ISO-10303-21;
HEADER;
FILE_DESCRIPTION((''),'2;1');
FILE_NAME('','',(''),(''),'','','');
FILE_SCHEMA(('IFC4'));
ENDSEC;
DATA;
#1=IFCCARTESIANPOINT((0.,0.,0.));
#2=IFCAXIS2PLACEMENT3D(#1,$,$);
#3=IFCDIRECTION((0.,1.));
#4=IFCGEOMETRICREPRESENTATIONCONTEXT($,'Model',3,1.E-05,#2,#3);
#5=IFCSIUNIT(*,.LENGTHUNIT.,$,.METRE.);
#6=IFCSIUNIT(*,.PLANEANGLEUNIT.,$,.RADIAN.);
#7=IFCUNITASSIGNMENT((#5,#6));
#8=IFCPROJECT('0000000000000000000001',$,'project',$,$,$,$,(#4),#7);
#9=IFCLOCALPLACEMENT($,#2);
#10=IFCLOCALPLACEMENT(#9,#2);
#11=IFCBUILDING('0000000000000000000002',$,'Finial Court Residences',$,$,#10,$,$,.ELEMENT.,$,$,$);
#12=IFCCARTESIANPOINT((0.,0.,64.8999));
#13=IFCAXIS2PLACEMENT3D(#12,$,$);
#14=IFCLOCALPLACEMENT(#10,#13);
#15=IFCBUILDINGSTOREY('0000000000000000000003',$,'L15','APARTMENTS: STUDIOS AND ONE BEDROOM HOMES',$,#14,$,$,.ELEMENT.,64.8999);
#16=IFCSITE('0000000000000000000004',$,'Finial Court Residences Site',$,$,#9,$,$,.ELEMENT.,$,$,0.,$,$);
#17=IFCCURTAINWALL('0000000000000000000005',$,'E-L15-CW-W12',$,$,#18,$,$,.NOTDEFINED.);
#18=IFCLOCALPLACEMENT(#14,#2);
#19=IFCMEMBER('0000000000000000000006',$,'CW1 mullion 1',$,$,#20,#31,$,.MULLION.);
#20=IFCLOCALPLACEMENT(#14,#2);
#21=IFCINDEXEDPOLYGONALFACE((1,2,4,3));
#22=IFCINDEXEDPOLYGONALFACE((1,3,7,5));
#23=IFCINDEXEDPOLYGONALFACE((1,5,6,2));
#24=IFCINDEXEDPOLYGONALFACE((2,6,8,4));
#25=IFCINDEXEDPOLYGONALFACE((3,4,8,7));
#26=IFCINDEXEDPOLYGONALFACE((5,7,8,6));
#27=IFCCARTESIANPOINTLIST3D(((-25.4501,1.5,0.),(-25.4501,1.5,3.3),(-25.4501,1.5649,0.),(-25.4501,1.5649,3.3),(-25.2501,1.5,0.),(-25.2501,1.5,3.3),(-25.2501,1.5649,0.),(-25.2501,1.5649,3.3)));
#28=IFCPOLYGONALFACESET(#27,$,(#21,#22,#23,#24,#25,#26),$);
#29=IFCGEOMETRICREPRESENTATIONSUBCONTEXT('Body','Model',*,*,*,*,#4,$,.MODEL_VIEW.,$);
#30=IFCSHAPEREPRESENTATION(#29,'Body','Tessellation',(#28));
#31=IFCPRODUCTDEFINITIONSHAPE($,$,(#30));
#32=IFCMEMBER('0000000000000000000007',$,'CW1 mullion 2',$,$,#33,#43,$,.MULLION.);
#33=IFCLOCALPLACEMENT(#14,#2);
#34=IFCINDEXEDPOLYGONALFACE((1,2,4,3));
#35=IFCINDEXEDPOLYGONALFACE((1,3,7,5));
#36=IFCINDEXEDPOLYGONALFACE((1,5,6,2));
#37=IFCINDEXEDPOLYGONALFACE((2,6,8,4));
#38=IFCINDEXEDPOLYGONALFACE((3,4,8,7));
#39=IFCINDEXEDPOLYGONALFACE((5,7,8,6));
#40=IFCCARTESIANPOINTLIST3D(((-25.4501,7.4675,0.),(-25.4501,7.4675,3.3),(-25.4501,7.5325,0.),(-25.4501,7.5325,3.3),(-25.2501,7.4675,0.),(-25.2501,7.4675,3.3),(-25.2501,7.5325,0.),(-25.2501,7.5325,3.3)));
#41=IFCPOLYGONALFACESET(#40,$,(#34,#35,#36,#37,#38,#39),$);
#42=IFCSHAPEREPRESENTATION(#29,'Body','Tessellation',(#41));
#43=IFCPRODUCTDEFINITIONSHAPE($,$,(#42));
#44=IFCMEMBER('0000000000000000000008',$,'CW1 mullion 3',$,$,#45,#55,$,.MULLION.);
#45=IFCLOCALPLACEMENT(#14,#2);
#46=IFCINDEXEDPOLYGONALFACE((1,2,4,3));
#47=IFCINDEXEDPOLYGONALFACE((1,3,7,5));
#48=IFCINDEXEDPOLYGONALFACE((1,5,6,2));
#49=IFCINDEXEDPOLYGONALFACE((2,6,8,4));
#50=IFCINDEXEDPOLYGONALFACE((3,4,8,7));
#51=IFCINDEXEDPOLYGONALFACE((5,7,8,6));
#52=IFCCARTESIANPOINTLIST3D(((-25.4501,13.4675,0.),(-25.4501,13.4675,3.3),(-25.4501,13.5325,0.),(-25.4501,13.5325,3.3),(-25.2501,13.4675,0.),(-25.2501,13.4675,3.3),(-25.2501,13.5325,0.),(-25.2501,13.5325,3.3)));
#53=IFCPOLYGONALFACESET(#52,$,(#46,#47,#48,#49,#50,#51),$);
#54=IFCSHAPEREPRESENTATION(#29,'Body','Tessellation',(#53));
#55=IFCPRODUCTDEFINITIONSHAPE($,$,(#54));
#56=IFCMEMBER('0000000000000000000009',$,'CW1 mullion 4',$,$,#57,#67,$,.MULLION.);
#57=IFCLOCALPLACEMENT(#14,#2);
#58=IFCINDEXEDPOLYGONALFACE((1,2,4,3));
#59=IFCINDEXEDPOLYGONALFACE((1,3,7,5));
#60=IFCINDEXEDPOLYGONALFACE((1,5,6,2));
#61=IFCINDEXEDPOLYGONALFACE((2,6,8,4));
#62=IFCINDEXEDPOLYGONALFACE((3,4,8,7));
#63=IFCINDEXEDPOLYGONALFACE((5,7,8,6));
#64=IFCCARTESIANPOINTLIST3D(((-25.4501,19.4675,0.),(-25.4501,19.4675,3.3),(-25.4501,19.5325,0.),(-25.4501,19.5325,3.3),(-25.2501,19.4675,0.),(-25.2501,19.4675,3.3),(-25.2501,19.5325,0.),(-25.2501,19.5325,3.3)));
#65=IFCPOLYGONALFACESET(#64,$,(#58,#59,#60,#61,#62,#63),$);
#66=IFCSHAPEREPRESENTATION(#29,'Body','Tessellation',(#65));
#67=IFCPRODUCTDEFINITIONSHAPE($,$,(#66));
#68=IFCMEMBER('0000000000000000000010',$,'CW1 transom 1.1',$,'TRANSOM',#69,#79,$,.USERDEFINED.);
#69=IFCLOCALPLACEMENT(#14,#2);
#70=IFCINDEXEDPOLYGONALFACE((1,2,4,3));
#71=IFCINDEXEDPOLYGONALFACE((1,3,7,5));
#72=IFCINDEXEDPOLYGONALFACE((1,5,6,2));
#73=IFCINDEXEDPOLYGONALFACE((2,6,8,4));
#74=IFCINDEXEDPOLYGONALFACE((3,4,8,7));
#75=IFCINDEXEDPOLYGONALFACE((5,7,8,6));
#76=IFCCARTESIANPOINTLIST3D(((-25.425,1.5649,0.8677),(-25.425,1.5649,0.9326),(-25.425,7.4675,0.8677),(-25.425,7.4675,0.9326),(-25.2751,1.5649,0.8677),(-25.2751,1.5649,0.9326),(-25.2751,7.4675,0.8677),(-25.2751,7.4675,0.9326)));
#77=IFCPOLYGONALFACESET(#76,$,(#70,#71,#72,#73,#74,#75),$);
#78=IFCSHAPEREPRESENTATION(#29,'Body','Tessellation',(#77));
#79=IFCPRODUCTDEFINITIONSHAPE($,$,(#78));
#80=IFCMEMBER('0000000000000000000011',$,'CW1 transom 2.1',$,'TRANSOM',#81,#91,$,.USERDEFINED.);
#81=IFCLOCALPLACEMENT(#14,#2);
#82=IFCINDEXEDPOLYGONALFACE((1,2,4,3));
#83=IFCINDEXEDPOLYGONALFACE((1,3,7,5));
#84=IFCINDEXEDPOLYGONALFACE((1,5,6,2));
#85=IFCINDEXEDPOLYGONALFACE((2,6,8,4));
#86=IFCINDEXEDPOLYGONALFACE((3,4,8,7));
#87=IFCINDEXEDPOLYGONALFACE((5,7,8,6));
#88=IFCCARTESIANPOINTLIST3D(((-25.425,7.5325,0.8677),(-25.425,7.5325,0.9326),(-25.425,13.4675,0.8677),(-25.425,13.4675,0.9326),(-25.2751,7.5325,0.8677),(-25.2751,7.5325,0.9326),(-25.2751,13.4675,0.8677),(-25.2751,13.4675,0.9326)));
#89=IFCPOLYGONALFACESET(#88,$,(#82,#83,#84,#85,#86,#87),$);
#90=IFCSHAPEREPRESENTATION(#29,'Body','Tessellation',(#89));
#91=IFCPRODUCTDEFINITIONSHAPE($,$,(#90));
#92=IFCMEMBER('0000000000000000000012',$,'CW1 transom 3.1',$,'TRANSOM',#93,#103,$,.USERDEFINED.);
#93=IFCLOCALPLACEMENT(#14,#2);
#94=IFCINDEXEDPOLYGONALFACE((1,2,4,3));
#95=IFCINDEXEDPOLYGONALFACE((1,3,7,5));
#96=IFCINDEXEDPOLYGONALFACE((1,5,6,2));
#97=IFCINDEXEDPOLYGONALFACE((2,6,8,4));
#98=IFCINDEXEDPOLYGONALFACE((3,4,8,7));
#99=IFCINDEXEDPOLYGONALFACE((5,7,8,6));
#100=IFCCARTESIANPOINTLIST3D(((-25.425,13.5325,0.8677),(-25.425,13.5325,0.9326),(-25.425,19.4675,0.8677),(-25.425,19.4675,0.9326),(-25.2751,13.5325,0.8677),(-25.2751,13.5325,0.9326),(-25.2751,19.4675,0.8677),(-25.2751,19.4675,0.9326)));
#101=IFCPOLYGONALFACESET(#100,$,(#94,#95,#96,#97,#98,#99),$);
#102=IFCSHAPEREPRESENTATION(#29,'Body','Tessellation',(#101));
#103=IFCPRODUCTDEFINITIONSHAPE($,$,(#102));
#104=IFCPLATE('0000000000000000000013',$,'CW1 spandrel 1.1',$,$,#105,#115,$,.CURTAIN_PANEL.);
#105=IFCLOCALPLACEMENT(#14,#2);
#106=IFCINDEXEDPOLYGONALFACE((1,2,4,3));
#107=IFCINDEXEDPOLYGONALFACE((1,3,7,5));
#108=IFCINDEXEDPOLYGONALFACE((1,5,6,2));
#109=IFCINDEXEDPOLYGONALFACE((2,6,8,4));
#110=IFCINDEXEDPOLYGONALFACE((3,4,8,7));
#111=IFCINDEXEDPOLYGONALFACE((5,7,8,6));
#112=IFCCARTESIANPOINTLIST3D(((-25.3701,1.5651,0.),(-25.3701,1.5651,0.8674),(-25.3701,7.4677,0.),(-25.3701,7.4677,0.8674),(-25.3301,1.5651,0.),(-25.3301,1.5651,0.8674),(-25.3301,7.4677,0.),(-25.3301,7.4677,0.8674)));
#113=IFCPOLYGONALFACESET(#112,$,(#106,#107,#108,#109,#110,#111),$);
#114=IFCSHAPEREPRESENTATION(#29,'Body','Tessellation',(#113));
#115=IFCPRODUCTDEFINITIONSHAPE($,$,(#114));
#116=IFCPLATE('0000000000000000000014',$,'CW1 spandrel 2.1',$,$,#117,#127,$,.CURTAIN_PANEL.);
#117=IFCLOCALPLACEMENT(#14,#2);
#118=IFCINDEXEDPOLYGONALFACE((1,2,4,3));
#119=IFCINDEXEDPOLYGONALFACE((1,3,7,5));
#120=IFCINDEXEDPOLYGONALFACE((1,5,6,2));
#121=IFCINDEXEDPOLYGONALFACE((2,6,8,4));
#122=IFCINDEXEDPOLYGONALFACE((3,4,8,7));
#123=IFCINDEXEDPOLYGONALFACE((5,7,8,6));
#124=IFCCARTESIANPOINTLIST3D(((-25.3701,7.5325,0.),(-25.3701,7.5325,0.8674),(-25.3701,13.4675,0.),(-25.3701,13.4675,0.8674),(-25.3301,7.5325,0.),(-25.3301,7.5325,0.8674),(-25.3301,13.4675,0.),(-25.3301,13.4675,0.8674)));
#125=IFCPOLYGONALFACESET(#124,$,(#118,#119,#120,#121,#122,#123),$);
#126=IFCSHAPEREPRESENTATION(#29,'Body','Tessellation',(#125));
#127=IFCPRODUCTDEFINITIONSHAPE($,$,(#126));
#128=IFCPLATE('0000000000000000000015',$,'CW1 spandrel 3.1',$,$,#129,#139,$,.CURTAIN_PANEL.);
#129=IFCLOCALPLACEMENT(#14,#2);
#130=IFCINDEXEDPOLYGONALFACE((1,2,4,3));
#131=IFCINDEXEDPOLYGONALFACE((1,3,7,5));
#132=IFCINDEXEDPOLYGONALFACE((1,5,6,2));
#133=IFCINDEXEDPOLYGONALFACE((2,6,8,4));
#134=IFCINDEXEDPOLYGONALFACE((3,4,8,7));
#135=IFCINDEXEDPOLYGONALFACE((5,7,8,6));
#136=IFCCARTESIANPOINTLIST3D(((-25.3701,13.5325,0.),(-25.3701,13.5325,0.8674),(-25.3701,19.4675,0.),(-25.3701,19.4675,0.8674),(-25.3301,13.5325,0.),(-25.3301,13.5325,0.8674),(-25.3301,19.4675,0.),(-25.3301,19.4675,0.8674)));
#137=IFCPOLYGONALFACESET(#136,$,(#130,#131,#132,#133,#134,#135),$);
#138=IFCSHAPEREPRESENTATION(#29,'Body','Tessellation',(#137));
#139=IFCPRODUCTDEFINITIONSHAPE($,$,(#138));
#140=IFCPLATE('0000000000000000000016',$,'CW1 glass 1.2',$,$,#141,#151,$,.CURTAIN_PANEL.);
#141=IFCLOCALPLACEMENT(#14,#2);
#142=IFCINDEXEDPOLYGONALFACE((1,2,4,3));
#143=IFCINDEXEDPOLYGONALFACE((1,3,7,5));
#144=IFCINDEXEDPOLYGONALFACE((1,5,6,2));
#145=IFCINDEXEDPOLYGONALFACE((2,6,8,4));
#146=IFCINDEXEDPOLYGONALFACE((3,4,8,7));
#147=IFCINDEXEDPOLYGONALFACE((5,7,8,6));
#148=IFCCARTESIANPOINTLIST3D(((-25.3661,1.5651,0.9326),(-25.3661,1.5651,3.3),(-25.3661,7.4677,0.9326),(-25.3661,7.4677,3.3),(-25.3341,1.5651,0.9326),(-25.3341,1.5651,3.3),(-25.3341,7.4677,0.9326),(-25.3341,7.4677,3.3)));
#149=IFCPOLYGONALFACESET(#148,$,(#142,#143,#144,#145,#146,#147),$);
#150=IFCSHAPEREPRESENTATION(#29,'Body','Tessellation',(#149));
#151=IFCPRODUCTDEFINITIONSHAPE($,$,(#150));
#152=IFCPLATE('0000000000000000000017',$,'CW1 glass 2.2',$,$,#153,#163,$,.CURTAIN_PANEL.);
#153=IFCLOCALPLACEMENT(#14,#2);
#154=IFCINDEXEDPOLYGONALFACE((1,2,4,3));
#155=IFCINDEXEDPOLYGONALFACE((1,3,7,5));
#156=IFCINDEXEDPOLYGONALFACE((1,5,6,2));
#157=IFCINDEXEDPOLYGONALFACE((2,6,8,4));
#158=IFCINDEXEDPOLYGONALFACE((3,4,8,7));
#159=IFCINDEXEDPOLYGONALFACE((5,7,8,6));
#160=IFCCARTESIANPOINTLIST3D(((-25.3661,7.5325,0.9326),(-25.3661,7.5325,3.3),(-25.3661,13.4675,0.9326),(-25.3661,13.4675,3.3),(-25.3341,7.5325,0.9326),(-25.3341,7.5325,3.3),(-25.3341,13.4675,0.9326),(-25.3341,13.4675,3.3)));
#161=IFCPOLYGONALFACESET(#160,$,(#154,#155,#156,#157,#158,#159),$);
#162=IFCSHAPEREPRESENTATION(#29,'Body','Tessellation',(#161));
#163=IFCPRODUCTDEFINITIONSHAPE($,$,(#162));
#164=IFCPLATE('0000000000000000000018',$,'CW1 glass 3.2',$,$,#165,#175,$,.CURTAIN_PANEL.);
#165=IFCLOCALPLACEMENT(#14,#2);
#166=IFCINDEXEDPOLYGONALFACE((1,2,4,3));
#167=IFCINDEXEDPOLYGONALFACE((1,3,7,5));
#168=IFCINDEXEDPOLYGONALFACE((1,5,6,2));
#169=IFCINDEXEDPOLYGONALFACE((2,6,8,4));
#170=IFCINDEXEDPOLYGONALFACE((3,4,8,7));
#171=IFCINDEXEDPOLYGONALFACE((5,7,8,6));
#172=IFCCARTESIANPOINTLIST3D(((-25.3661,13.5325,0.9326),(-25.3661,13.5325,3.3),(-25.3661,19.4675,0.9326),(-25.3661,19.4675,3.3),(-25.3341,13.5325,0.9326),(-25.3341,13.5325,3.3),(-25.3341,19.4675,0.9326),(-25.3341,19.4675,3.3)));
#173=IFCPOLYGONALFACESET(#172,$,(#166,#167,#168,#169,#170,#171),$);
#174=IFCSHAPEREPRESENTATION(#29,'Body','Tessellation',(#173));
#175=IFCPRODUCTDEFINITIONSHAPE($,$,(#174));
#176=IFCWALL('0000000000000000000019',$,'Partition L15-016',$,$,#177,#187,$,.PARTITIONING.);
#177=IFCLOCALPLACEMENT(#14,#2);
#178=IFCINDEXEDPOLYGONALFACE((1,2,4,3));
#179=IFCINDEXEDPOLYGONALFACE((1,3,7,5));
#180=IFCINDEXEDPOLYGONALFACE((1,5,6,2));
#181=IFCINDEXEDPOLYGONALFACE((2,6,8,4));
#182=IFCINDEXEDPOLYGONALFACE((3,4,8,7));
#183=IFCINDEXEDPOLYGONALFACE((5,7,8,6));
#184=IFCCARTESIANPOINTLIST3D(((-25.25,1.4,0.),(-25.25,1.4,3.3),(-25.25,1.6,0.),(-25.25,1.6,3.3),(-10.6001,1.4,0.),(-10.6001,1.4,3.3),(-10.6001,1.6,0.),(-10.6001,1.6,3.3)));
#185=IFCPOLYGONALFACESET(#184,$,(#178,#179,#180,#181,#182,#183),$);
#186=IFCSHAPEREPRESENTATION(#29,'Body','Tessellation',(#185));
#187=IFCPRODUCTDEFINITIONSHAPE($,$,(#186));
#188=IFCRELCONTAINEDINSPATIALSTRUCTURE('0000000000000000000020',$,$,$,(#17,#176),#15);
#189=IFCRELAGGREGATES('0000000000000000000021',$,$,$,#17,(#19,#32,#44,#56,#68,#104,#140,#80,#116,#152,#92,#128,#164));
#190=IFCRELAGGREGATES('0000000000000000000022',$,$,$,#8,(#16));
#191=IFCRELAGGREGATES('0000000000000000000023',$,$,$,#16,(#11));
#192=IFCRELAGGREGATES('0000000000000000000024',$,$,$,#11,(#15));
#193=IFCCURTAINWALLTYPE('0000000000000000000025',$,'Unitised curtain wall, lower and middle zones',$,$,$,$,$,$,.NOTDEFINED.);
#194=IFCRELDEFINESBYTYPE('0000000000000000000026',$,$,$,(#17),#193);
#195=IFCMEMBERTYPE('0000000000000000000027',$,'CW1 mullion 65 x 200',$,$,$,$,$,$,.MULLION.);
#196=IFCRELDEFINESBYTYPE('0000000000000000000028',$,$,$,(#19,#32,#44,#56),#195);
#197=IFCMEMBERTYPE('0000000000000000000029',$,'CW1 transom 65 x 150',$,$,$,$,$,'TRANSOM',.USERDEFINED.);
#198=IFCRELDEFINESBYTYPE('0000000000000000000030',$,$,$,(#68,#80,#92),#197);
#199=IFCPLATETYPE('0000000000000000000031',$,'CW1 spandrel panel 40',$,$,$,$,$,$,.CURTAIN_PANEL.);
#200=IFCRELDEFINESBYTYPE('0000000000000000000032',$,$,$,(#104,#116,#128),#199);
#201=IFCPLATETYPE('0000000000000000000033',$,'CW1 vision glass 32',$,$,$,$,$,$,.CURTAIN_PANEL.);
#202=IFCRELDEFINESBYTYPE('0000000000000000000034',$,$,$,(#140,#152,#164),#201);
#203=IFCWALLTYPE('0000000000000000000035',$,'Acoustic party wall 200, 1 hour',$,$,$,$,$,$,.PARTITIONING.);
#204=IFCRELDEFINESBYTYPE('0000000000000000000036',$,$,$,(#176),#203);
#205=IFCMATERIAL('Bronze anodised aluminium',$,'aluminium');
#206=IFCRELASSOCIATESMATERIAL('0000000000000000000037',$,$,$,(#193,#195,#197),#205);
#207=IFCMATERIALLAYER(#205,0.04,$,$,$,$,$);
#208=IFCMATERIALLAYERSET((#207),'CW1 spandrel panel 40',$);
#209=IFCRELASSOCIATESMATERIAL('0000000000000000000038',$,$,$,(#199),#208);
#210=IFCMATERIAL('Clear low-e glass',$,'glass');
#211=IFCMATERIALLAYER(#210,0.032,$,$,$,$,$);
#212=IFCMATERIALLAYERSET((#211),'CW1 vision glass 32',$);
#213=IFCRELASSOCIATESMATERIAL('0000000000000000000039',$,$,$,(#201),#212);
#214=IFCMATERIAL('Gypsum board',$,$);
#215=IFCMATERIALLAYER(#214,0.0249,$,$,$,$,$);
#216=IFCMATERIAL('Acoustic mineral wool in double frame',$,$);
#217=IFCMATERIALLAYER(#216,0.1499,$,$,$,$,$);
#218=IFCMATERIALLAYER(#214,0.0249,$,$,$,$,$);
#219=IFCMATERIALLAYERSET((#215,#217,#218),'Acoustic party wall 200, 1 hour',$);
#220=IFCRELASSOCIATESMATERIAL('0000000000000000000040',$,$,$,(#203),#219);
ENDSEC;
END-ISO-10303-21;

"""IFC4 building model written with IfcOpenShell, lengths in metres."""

from ifc_helpers import new_model, si_unit, direction, frame, frame_2d, origin, origin_2d, place, context, subcontext, project, spatial, rectangle, extrude, material, layer, layer_set, material_profile, profile_set, type_object, element, aggregate, save


model = new_model("IFC4")

# Units and contexts
model_context = context("Model", 3, precision=1e-05, world=origin(), true_north=direction((0.0, 1.0)))
body_context = subcontext(model_context, "Body", "Model", "MODEL_VIEW")
ifc_project = project(units=[si_unit("LENGTHUNIT", "METRE"), si_unit("PLANEANGLEUNIT", "RADIAN")], contexts=[model_context])

# Site, building, storey
site_placement = place(None, origin())
site = spatial("IfcSite", under=ifc_project, at=site_placement, Name="Finial Court Residences Site", CompositionType="ELEMENT", RefElevation=0.0)
building_placement = place(site_placement, origin())
building = spatial("IfcBuilding", under=site, at=building_placement, Name="Finial Court Residences", CompositionType="ELEMENT")
storey_placement = place(building_placement, frame((0.0, 0.0, 64.8999)))
storey = spatial("IfcBuildingStorey", under=building, at=storey_placement, Name="L15", Description="APARTMENTS: STUDIOS AND ONE BEDROOM HOMES", CompositionType="ELEMENT", Elevation=64.8999)

# Curtain wall, members, plates
ifc_material_1 = material(Name="Bronze anodised aluminium", Category="aluminium")
curtain_wall_type = type_object("IfcCurtainWallType", Name="Unitised curtain wall, lower and middle zones", PredefinedType="NOTDEFINED", material=ifc_material_1)
curtain_wall_placement = place(storey_placement, origin())
curtain_wall = element("IfcCurtainWall", 1, at=curtain_wall_placement, inside=storey, type_object=curtain_wall_type, Name="E-L15-CW-W12", PredefinedType="NOTDEFINED")
ifc_material_profile_1 = material_profile(ifc_material_1, rectangle(XDim=0.2, YDim=0.0649, at=origin_2d()), Name="CW1 mullion 65 x 200")
ifc_profile_set_1 = profile_set([ifc_material_profile_1], Name="Bronze anodised aluminium")
member_type_1 = type_object("IfcMemberType", Name="CW1 mullion 65 x 200", PredefinedType="MULLION", material=ifc_profile_set_1)
member_1_placement = place(storey_placement, frame((-25.3501, 1.5325, 0.0), z_axis=(0.0, 0.0, 1.0), x_axis=(-1.0, 0.0, 0.0)))
member_1 = element("IfcMember", 2, at=member_1_placement, type_object=member_type_1, Name="CW1 mullion 1", PredefinedType="MULLION", context=body_context, shape_type="SweptSolid", body=[
    extrude(rectangle(XDim=0.2, YDim=0.0649, at=origin_2d()), origin(), (0.0, 0.0, 1.0), 3.3),
])
member_2_placement = place(storey_placement, frame((-25.3501, 7.5, 0.0), z_axis=(0.0, 0.0, 1.0), x_axis=(-1.0, 0.0, 0.0)))
member_2 = element("IfcMember", 3, at=member_2_placement, type_object=member_type_1, Name="CW1 mullion 2", PredefinedType="MULLION", context=body_context, shape_type="SweptSolid", body=[
    extrude(rectangle(XDim=0.2, YDim=0.0649, at=origin_2d()), origin(), (0.0, 0.0, 1.0), 3.3),
])
member_3_placement = place(storey_placement, frame((-25.3501, 13.5, 0.0), z_axis=(0.0, 0.0, 1.0), x_axis=(-1.0, 0.0, 0.0)))
member_3 = element("IfcMember", 4, at=member_3_placement, type_object=member_type_1, Name="CW1 mullion 3", PredefinedType="MULLION", context=body_context, shape_type="SweptSolid", body=[
    extrude(rectangle(XDim=0.2, YDim=0.0649, at=origin_2d()), origin(), (0.0, 0.0, 1.0), 3.3),
])
member_4_placement = place(storey_placement, frame((-25.3501, 19.5, 0.0), z_axis=(0.0, 0.0, 1.0), x_axis=(-1.0, 0.0, 0.0)))
member_4 = element("IfcMember", 5, at=member_4_placement, type_object=member_type_1, Name="CW1 mullion 4", PredefinedType="MULLION", context=body_context, shape_type="SweptSolid", body=[
    extrude(rectangle(XDim=0.2, YDim=0.0649, at=origin_2d()), origin(), (0.0, 0.0, 1.0), 3.3),
])
ifc_material_profile_2 = material_profile(ifc_material_1, rectangle(XDim=0.1499, YDim=0.0649, at=origin_2d()), Name="CW1 transom 65 x 150")
ifc_profile_set_2 = profile_set([ifc_material_profile_2], Name="Bronze anodised aluminium")
member_type_2 = type_object("IfcMemberType", Name="CW1 transom 65 x 150", ElementType="TRANSOM", PredefinedType="USERDEFINED", material=ifc_profile_set_2)
member_5_placement = place(storey_placement, frame((-25.3501, 1.5649, 0.9001), z_axis=(0.0, 1.0, 0.0), x_axis=(-1.0, 0.0, 0.0)))
member_5 = element("IfcMember", 6, at=member_5_placement, type_object=member_type_2, Name="CW1 transom 1.1", ObjectType="TRANSOM", PredefinedType="USERDEFINED", context=body_context, shape_type="SweptSolid", body=[
    extrude(rectangle(XDim=0.1499, YDim=0.0649, at=origin_2d()), origin(), (0.0, 0.0, 1.0), 5.9026),
])
member_6_placement = place(storey_placement, frame((-25.3501, 7.5325, 0.9001), z_axis=(0.0, 1.0, 0.0), x_axis=(-1.0, 0.0, 0.0)))
member_6 = element("IfcMember", 7, at=member_6_placement, type_object=member_type_2, Name="CW1 transom 2.1", ObjectType="TRANSOM", PredefinedType="USERDEFINED", context=body_context, shape_type="SweptSolid", body=[
    extrude(rectangle(XDim=0.1499, YDim=0.0649, at=origin_2d()), origin(), (0.0, 0.0, 1.0), 5.9351),
])
member_7_placement = place(storey_placement, frame((-25.3501, 13.5325, 0.9001), z_axis=(0.0, 1.0, 0.0), x_axis=(-1.0, 0.0, 0.0)))
member_7 = element("IfcMember", 8, at=member_7_placement, type_object=member_type_2, Name="CW1 transom 3.1", ObjectType="TRANSOM", PredefinedType="USERDEFINED", context=body_context, shape_type="SweptSolid", body=[
    extrude(rectangle(XDim=0.1499, YDim=0.0649, at=origin_2d()), origin(), (0.0, 0.0, 1.0), 5.9351),
])
ifc_layer_1 = layer(ifc_material_1, 0.04)
ifc_layer_set_1 = layer_set([ifc_layer_1], Name="CW1 spandrel panel 40")
plate_type_1 = type_object("IfcPlateType", Name="CW1 spandrel panel 40", PredefinedType="CURTAIN_PANEL", material=ifc_layer_set_1)
plate_1_placement = place(storey_placement, frame((-25.3501, 4.5164, 0.0), z_axis=(0.0, 0.0, 1.0), x_axis=(0.0, 1.0, 0.0)))
plate_1 = element("IfcPlate", 9, at=plate_1_placement, type_object=plate_type_1, Name="CW1 spandrel 1.1", PredefinedType="CURTAIN_PANEL", context=body_context, shape_type="SweptSolid", body=[
    extrude(rectangle(XDim=5.9026, YDim=0.04, at=origin_2d()), origin(), (0.0, 0.0, 1.0), 0.8674),
])
plate_2_placement = place(storey_placement, frame((-25.3501, 10.5, 0.0), z_axis=(0.0, 0.0, 1.0), x_axis=(0.0, 1.0, 0.0)))
plate_2 = element("IfcPlate", 10, at=plate_2_placement, type_object=plate_type_1, Name="CW1 spandrel 2.1", PredefinedType="CURTAIN_PANEL", context=body_context, shape_type="SweptSolid", body=[
    extrude(rectangle(XDim=5.9351, YDim=0.04, at=origin_2d()), origin(), (0.0, 0.0, 1.0), 0.8674),
])
plate_3_placement = place(storey_placement, frame((-25.3501, 16.5, 0.0), z_axis=(0.0, 0.0, 1.0), x_axis=(0.0, 1.0, 0.0)))
plate_3 = element("IfcPlate", 11, at=plate_3_placement, type_object=plate_type_1, Name="CW1 spandrel 3.1", PredefinedType="CURTAIN_PANEL", context=body_context, shape_type="SweptSolid", body=[
    extrude(rectangle(XDim=5.9351, YDim=0.04, at=origin_2d()), origin(), (0.0, 0.0, 1.0), 0.8674),
])
ifc_material_2 = material(Name="Clear low-e glass", Category="glass")
ifc_layer_2 = layer(ifc_material_2, 0.032)
ifc_layer_set_2 = layer_set([ifc_layer_2], Name="CW1 vision glass 32")
plate_type_2 = type_object("IfcPlateType", Name="CW1 vision glass 32", PredefinedType="CURTAIN_PANEL", material=ifc_layer_set_2)
plate_4_placement = place(storey_placement, frame((-25.3501, 4.5164, 0.9326), z_axis=(0.0, 0.0, 1.0), x_axis=(0.0, 1.0, 0.0)))
plate_4 = element("IfcPlate", 12, at=plate_4_placement, type_object=plate_type_2, Name="CW1 glass 1.2", PredefinedType="CURTAIN_PANEL", context=body_context, shape_type="SweptSolid", body=[
    extrude(rectangle(XDim=5.9026, YDim=0.032, at=origin_2d()), origin(), (0.0, 0.0, 1.0), 2.3674),
])
plate_5_placement = place(storey_placement, frame((-25.3501, 10.5, 0.9326), z_axis=(0.0, 0.0, 1.0), x_axis=(0.0, 1.0, 0.0)))
plate_5 = element("IfcPlate", 13, at=plate_5_placement, type_object=plate_type_2, Name="CW1 glass 2.2", PredefinedType="CURTAIN_PANEL", context=body_context, shape_type="SweptSolid", body=[
    extrude(rectangle(XDim=5.9351, YDim=0.032, at=origin_2d()), origin(), (0.0, 0.0, 1.0), 2.3674),
])
plate_6_placement = place(storey_placement, frame((-25.3501, 16.5, 0.9326), z_axis=(0.0, 0.0, 1.0), x_axis=(0.0, 1.0, 0.0)))
plate_6 = element("IfcPlate", 14, at=plate_6_placement, type_object=plate_type_2, Name="CW1 glass 3.2", PredefinedType="CURTAIN_PANEL", context=body_context, shape_type="SweptSolid", body=[
    extrude(rectangle(XDim=5.9351, YDim=0.032, at=origin_2d()), origin(), (0.0, 0.0, 1.0), 2.3674),
])
aggregate(curtain_wall, [member_1, member_2, member_3, member_4, member_5, plate_1, plate_4, member_6, plate_2, plate_5, member_7, plate_3, plate_6])

# Wall
ifc_material_3 = material(Name="Gypsum board")
ifc_layer_3 = layer(ifc_material_3, 0.0249)
ifc_material_4 = material(Name="Acoustic mineral wool in double frame")
ifc_layer_4 = layer(ifc_material_4, 0.1499)
ifc_layer_5 = layer(ifc_material_3, 0.0249)
ifc_layer_set_3 = layer_set([ifc_layer_3, ifc_layer_4, ifc_layer_5], Name="Acoustic party wall 200, 1 hour")
wall_type_1 = type_object("IfcWallType", Name="Acoustic party wall 200, 1 hour", PredefinedType="PARTITIONING", material=ifc_layer_set_3)
for number, where, z_axis, x_axis, name in (
    (15, (-25.25, 1.5, 0.0), (0.0, 0.0, 1.0), (1.0, 0.0, 0.0), "Partition L15-016"),
):
    element("IfcWall", number, at=place(storey_placement, frame(where, z_axis=z_axis, x_axis=x_axis)), inside=storey, type_object=wall_type_1, Name=name, PredefinedType="PARTITIONING", context=body_context, shape_type="SweptSolid", body=[
        extrude(rectangle(XDim=14.6499, YDim=0.2, at=frame_2d((7.325, 0.0))), origin(), (0.0, 0.0, 1.0), 3.3),
    ])

save(model, "model.ifc")
